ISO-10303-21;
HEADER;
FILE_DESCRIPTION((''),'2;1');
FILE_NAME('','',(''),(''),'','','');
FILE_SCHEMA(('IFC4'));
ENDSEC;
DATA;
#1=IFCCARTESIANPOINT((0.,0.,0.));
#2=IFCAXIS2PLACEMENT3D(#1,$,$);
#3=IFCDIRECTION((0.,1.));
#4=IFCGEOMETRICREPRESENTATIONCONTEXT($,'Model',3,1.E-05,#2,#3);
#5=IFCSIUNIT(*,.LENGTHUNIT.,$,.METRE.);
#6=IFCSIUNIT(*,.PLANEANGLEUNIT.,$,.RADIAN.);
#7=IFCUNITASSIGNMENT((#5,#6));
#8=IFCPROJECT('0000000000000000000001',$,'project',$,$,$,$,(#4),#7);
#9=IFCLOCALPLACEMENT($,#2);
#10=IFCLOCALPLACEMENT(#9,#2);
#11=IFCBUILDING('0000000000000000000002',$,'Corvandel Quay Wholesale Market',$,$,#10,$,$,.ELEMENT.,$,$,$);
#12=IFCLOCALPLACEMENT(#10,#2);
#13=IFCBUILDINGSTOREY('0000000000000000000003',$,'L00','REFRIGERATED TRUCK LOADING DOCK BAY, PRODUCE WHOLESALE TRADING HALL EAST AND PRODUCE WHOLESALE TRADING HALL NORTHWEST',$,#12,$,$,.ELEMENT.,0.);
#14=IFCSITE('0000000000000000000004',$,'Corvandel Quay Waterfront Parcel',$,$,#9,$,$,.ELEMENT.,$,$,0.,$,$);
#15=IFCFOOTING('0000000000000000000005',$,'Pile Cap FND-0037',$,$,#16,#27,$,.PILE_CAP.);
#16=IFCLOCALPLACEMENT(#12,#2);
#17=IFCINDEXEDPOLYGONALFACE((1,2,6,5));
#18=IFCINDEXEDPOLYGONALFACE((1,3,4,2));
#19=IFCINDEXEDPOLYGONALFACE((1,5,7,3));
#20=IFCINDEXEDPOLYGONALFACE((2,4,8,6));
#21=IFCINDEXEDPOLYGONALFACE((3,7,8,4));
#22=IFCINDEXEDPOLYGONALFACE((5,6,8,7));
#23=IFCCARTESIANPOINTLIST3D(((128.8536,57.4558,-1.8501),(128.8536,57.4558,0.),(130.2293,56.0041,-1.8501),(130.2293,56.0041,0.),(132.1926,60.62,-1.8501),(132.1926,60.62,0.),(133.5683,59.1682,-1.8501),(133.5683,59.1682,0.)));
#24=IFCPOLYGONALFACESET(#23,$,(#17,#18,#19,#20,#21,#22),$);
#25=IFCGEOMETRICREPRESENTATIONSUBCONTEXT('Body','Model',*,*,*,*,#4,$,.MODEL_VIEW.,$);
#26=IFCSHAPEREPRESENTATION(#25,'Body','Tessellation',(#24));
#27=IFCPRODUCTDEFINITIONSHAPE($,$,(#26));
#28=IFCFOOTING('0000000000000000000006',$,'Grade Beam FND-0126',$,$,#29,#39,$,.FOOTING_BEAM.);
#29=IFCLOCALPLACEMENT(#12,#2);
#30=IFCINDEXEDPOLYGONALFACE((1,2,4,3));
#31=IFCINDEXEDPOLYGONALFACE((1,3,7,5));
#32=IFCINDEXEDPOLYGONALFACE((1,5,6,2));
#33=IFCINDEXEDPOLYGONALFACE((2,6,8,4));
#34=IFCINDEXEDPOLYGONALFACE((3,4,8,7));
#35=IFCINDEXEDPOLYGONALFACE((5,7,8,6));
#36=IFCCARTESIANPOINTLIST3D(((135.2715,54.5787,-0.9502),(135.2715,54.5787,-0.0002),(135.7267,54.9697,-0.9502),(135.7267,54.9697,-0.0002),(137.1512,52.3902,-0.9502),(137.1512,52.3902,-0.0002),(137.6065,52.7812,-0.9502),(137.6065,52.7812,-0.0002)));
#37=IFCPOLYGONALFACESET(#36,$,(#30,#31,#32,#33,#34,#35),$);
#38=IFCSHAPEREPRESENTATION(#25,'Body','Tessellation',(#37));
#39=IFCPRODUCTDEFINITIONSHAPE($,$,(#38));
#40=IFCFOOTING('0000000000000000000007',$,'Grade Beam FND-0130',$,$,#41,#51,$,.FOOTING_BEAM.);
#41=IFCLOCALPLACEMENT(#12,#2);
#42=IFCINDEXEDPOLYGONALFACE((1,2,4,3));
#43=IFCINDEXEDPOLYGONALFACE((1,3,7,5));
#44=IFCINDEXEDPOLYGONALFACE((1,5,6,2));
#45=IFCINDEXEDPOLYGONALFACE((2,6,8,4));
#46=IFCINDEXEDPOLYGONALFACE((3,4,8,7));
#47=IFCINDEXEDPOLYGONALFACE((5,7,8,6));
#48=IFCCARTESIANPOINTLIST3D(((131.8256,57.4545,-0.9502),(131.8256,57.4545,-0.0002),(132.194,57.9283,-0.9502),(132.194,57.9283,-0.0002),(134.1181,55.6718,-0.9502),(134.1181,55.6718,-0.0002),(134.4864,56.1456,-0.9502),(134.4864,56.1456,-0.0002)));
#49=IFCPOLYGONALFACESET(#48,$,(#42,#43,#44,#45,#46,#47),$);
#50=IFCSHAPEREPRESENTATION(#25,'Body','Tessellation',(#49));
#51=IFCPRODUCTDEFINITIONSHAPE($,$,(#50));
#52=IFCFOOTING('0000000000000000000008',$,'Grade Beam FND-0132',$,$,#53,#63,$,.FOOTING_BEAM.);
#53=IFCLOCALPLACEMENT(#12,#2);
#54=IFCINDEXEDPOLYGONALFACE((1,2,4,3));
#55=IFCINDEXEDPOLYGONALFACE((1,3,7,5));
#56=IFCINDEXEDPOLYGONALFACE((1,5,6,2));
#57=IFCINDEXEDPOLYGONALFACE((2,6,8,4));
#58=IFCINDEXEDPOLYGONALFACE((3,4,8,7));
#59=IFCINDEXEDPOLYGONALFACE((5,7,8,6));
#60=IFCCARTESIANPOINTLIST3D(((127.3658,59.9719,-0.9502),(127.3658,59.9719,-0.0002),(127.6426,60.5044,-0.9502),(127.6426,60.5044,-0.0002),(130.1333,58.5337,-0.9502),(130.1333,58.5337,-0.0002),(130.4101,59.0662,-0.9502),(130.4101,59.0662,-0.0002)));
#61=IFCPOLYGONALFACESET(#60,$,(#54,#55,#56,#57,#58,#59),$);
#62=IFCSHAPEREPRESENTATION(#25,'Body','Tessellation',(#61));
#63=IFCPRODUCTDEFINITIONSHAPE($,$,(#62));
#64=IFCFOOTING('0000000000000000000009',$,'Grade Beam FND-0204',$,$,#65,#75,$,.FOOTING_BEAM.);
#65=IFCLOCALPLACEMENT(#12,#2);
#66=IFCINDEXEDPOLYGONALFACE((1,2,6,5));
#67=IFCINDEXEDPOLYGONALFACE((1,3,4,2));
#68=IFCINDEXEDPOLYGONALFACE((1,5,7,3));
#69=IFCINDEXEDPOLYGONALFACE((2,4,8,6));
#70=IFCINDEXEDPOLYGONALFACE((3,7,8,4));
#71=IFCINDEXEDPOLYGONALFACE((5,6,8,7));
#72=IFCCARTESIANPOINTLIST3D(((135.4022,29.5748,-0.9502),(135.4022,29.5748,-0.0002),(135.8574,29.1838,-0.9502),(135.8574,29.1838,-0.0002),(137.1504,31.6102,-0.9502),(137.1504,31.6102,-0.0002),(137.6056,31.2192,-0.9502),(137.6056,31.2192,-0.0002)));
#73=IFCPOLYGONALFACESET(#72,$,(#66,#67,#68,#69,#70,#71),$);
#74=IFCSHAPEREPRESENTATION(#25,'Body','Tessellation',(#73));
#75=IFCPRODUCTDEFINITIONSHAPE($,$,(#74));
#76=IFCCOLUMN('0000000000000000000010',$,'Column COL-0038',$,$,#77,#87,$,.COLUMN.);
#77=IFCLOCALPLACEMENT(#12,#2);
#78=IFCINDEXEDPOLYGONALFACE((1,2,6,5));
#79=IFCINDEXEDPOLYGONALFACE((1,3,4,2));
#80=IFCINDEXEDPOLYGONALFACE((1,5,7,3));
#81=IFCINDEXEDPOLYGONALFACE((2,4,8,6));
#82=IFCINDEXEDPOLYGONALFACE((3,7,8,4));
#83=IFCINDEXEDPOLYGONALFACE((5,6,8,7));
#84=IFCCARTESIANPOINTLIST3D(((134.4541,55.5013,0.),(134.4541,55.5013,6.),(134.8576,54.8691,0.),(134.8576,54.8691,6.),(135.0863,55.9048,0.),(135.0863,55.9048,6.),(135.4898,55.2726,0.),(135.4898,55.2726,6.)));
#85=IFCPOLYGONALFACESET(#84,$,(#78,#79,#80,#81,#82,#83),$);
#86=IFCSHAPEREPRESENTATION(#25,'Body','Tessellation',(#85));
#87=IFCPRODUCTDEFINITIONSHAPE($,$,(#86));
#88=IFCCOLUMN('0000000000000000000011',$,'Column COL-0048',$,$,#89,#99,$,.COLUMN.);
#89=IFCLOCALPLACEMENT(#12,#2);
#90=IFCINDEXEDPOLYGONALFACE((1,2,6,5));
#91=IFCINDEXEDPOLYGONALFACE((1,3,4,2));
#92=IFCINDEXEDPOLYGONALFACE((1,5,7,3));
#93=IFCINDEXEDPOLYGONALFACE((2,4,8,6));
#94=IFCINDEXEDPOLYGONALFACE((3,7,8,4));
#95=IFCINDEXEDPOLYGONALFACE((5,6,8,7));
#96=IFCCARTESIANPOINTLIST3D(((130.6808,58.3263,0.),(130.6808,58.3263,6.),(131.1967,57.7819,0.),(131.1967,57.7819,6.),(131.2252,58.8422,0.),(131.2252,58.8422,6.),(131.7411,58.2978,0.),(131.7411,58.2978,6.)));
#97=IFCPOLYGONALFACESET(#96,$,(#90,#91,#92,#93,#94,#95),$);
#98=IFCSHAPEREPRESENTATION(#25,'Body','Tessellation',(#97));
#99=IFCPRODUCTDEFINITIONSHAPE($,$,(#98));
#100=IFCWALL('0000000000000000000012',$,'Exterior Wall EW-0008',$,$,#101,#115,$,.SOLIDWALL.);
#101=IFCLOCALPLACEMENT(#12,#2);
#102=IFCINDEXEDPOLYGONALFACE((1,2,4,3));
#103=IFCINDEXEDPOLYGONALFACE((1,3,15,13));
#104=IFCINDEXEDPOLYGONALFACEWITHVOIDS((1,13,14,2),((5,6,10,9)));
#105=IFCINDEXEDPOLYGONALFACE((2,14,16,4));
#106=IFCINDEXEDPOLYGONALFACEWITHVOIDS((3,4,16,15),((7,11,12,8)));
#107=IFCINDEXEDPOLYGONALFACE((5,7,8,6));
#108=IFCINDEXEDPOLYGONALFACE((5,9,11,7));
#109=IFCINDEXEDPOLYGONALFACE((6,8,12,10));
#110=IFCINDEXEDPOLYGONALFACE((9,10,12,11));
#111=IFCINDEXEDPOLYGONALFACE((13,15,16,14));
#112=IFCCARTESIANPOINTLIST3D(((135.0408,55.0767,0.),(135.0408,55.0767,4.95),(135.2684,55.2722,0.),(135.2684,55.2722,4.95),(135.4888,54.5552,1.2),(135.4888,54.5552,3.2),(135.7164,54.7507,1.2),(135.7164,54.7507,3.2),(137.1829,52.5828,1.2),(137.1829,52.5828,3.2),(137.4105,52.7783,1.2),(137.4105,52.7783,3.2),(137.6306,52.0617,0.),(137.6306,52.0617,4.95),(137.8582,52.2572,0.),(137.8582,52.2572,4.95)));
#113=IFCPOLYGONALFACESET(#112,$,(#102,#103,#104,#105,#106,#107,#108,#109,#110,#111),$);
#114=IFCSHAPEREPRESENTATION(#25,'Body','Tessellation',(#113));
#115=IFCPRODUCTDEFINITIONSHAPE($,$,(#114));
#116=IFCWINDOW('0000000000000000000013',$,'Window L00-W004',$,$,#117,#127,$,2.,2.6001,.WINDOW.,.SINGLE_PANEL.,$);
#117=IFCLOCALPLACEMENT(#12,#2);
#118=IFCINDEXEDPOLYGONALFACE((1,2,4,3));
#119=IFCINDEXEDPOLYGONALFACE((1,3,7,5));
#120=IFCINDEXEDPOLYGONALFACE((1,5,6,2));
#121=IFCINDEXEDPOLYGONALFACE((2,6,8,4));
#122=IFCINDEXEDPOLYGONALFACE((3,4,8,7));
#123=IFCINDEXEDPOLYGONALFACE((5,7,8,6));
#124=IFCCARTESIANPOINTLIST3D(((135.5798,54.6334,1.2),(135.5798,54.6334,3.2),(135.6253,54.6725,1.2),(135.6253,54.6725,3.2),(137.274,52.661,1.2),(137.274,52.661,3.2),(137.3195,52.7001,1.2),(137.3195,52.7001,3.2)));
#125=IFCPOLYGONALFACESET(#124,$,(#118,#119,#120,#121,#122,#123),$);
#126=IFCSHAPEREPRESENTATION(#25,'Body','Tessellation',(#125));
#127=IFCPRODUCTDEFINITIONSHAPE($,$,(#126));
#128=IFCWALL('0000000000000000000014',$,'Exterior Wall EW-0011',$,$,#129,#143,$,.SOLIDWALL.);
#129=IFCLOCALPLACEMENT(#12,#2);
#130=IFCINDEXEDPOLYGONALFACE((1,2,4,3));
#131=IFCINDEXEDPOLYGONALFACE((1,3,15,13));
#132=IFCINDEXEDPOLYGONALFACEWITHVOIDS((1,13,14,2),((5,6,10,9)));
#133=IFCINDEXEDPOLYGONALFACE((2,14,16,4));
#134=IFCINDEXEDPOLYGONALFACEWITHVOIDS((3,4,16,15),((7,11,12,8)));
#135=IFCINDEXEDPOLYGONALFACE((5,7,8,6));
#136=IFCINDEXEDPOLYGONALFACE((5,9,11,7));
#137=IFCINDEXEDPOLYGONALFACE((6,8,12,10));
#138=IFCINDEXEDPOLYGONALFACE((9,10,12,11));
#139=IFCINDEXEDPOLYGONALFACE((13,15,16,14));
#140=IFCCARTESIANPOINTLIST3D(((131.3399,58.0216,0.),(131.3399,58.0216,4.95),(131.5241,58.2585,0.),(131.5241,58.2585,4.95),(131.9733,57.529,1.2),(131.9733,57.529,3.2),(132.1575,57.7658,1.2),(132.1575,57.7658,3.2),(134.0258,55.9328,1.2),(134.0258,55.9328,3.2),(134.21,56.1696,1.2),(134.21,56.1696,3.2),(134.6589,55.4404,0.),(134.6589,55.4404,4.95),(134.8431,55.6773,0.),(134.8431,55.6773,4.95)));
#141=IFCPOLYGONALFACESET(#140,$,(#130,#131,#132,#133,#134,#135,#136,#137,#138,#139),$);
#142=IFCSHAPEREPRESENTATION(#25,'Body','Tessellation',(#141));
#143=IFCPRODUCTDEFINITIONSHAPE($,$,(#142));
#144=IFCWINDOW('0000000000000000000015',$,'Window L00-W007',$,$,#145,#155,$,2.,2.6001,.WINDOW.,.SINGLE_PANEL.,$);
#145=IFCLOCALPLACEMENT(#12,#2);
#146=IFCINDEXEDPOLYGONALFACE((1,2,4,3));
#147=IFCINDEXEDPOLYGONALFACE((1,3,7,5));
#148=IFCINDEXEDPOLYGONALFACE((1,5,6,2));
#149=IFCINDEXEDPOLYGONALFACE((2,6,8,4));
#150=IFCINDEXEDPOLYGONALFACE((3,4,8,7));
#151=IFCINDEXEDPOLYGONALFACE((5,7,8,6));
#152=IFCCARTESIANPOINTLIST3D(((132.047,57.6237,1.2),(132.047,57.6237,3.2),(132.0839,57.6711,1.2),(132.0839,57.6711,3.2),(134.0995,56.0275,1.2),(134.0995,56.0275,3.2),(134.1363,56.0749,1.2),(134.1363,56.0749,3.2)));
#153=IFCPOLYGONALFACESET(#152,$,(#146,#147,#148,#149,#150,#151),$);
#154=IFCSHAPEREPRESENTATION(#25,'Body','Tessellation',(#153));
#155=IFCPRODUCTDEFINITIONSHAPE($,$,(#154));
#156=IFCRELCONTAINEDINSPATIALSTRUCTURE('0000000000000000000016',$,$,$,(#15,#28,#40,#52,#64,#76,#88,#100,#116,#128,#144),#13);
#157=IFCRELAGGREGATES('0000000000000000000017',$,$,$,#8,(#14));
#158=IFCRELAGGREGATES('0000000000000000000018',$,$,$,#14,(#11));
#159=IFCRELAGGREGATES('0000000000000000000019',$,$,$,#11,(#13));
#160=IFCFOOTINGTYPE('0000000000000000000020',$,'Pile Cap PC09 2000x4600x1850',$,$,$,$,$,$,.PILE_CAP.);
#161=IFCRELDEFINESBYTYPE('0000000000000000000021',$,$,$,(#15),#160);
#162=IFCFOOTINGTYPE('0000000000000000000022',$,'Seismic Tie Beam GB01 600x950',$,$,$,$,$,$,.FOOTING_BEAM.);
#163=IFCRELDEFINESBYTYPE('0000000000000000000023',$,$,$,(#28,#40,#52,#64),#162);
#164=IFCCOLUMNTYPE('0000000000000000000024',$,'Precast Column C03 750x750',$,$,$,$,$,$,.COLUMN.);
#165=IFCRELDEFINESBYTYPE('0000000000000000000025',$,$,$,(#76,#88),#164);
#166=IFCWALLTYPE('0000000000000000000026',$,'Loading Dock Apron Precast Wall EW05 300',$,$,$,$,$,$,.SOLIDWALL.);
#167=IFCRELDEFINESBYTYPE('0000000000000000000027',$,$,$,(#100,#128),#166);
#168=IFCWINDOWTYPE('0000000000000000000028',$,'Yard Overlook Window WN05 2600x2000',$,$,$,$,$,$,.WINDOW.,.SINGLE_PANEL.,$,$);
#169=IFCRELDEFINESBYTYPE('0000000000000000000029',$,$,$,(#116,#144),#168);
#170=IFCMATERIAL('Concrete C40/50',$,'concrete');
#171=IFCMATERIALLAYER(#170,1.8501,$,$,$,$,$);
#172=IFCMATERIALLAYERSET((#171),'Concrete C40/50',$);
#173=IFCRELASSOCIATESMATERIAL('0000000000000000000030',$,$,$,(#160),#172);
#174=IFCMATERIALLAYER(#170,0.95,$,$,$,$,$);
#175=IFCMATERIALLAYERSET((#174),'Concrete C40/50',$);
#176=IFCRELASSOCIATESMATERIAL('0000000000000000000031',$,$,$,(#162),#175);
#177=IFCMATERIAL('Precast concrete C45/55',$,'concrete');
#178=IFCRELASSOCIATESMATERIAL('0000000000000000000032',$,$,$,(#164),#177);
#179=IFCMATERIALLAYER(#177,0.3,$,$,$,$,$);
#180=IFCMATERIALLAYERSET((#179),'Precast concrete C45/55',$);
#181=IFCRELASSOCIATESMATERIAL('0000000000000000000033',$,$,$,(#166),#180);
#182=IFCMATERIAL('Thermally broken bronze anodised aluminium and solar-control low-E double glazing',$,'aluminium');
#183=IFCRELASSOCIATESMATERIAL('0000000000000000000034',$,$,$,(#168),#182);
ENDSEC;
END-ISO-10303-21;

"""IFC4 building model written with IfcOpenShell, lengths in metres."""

from ifc_helpers import new_model, si_unit, direction, frame, frame_2d, origin, origin_2d, place, context, subcontext, project, spatial, rectangle, extrude, material, layer, layer_set, material_profile, profile_set, type_object, element, fill, save


model = new_model("IFC4")

# Units and contexts
model_context = context("Model", 3, precision=1e-05, world=origin(), true_north=direction((0.0, 1.0)))
body_context = subcontext(model_context, "Body", "Model", "MODEL_VIEW")
ifc_project = project(units=[si_unit("LENGTHUNIT", "METRE"), si_unit("PLANEANGLEUNIT", "RADIAN")], contexts=[model_context])

# Site, building, storey
site_placement = place(None, origin())
site = spatial("IfcSite", under=ifc_project, at=site_placement, Name="Corvandel Quay Waterfront Parcel", CompositionType="ELEMENT", RefElevation=0.0)
building_placement = place(site_placement, origin())
building = spatial("IfcBuilding", under=site, at=building_placement, Name="Corvandel Quay Wholesale Market", CompositionType="ELEMENT")
storey_placement = place(building_placement, origin())
storey = spatial("IfcBuildingStorey", under=building, at=storey_placement, Name="L00", Description="REFRIGERATED TRUCK LOADING DOCK BAY, PRODUCE WHOLESALE TRADING HALL EAST AND PRODUCE WHOLESALE TRADING HALL NORTHWEST", CompositionType="ELEMENT", Elevation=0.0)

# Shared definitions
ifc_material_1 = material(Name="Concrete C40/50", Category="concrete")

# Footings
ifc_layer_1 = layer(ifc_material_1, 1.8501)
ifc_layer_set_1 = layer_set([ifc_layer_1], Name="Concrete C40/50")
footing_type_1 = type_object("IfcFootingType", Name="Pile Cap PC09 2000x4600x1850", PredefinedType="PILE_CAP", material=ifc_layer_set_1)
footing_1_placement = place(storey_placement, frame((131.2109, 58.312, -1.8501), z_axis=(0.0, 0.0, 1.0), x_axis=(-0.687848, 0.725855, 0.0)))
element("IfcFooting", 1, at=footing_1_placement, inside=storey, type_object=footing_type_1, Name="Pile Cap FND-0037", PredefinedType="PILE_CAP", context=body_context, shape_type="SweptSolid", body=[
    extrude(rectangle(XDim=2.0, YDim=4.6001, at=origin_2d()), origin(), (0.0, 0.0, 1.0), 1.8501),
])
ifc_layer_2 = layer(ifc_material_1, 0.95)
ifc_layer_set_2 = layer_set([ifc_layer_2], Name="Concrete C40/50")
footing_type_2 = type_object("IfcFootingType", Name="Seismic Tie Beam GB01 600x950", PredefinedType="FOOTING_BEAM", material=ifc_layer_set_2)
footing_2_placement = place(storey_placement, frame((136.439, 53.6799, -0.9502), z_axis=(0.0, 0.0, 1.0), x_axis=(-0.651569, 0.758589, 0.0)))
element("IfcFooting", 2, at=footing_2_placement, inside=storey, type_object=footing_type_2, Name="Grade Beam FND-0126", PredefinedType="FOOTING_BEAM", context=body_context, shape_type="SweptSolid", body=[
    extrude(rectangle(XDim=2.885, YDim=0.6001, at=origin_2d()), origin(), (0.0, 0.0, 1.0), 0.95),
])
footing_3_placement = place(storey_placement, frame((133.156, 56.8, -0.9502), z_axis=(0.0, 0.0, 1.0), x_axis=(-0.789406, 0.613872, 0.0)))
element("IfcFooting", 3, at=footing_3_placement, inside=storey, type_object=footing_type_2, Name="Grade Beam FND-0130", PredefinedType="FOOTING_BEAM", context=body_context, shape_type="SweptSolid", body=[
    extrude(rectangle(XDim=2.9041, YDim=0.6001, at=origin_2d()), origin(), (0.0, 0.0, 1.0), 0.95),
])
footing_4_placement = place(storey_placement, frame((128.8879, 59.519, -0.9502), z_axis=(0.0, 0.0, 1.0), x_axis=(-0.887333, 0.461129, 0.0)))
element("IfcFooting", 4, at=footing_4_placement, inside=storey, type_object=footing_type_2, Name="Grade Beam FND-0132", PredefinedType="FOOTING_BEAM", context=body_context, shape_type="SweptSolid", body=[
    extrude(rectangle(XDim=3.1189, YDim=0.6001, at=origin_2d()), origin(), (0.0, 0.0, 1.0), 0.95),
])
footing_5_placement = place(storey_placement, frame((136.5039, 30.397, -0.9502), z_axis=(0.0, 0.0, 1.0), x_axis=(0.651569, 0.758589, 0.0)))
element("IfcFooting", 5, at=footing_5_placement, inside=storey, type_object=footing_type_2, Name="Grade Beam FND-0204", PredefinedType="FOOTING_BEAM", context=body_context, shape_type="SweptSolid", body=[
    extrude(rectangle(XDim=2.6831, YDim=0.6001, at=origin_2d()), origin(), (0.0, 0.0, 1.0), 0.95),
])

# Columns
ifc_material_2 = material(Name="Precast concrete C45/55", Category="concrete")
ifc_material_profile_1 = material_profile(ifc_material_2, rectangle(XDim=0.75, YDim=0.75, at=origin_2d()), Name="PC-COL-750x750")
ifc_profile_set_1 = profile_set([ifc_material_profile_1], Name="Precast concrete C45/55")
column_type = type_object("IfcColumnType", Name="Precast Column C03 750x750", PredefinedType="COLUMN", material=ifc_profile_set_1)
for number, where, z_axis, x_axis, name in (
    (6, (134.9719, 55.387, 0.0), (0.0, 0.0, 1.0), (-0.538035, 0.842922, 0.0), "Column COL-0038"),
    (7, (131.2109, 58.312, 0.0), (0.0, 0.0, 1.0), (-0.687848, 0.725855, 0.0), "Column COL-0048"),
):
    element("IfcColumn", number, at=place(storey_placement, frame(where, z_axis=z_axis, x_axis=x_axis)), inside=storey, type_object=column_type, Name=name, PredefinedType="COLUMN", context=body_context, shape_type="SweptSolid", body=[
        extrude(rectangle(XDim=0.75, YDim=0.75, at=origin_2d()), origin(), (0.0, 0.0, 1.0), 6.0),
    ])

# Walls, openings, windows
ifc_layer_3 = layer(ifc_material_2, 0.3)
ifc_layer_set_3 = layer_set([ifc_layer_3], Name="Precast concrete C45/55")
wall_type = type_object("IfcWallType", Name="Loading Dock Apron Precast Wall EW05 300", PredefinedType="SOLIDWALL", material=ifc_layer_set_3)
wall_1_placement = place(storey_placement, frame((137.7444, 52.1594, 0.0), z_axis=(0.0, 0.0, 1.0), x_axis=(-0.65158, 0.75858, 0.0)))
wall_1 = element("IfcWall", 8, at=wall_1_placement, inside=storey, type_object=wall_type, Name="Exterior Wall EW-0008", PredefinedType="SOLIDWALL", context=body_context, shape_type="SweptSolid", body=[
    extrude(rectangle(XDim=3.9746, YDim=0.3, at=frame_2d((1.9873, 0.0))), origin(), (0.0, 0.0, 1.0), 4.95),
])
opening_1_placement = place(wall_1_placement, frame((0.687, 0.0, 1.2)))
opening_1 = element("IfcOpeningElement", 9, at=opening_1_placement, cuts=wall_1, PredefinedType="OPENING", context=body_context, shape_type="SweptSolid", body=[
    extrude(rectangle(XDim=2.6001, YDim=2.0, at=frame_2d((1.3, 1.0))), frame((0.0, 0.1599, 0.0), z_axis=(0.0, -1.0, 0.0), x_axis=(1.0, 0.0, 0.0)), (0.0, 0.0, 1.0), 0.3201),
])
ifc_material_3 = material(Name="Thermally broken bronze anodised aluminium and solar-control low-E double glazing", Category="aluminium")
window_type = type_object("IfcWindowType", Name="Yard Overlook Window WN05 2600x2000", PartitioningType="SINGLE_PANEL", PredefinedType="WINDOW", material=ifc_material_3)
window_1_placement = place(opening_1_placement, origin())
window_1 = element("IfcWindow", 10, at=window_1_placement, inside=storey, type_object=window_type, Name="Window L00-W004", OverallHeight=2.0, OverallWidth=2.6001, PartitioningType="SINGLE_PANEL", PredefinedType="WINDOW", context=body_context, shape_type="SweptSolid", body=[
    extrude(rectangle(XDim=2.6001, YDim=2.0, at=frame_2d((1.3, 1.0))), frame((0.0, 0.03, 0.0), z_axis=(0.0, -1.0, 0.0), x_axis=(1.0, 0.0, 0.0)), (0.0, 0.0, 1.0), 0.0601),
])
fill(opening_1, window_1)
wall_2_placement = place(storey_placement, frame((134.751, 55.5588, 0.0), z_axis=(0.0, 0.0, 1.0), x_axis=(-0.789377, 0.613908, 0.0)))
wall_2 = element("IfcWall", 11, at=wall_2_placement, inside=storey, type_object=wall_type, Name="Exterior Wall EW-0011", PredefinedType="SOLIDWALL", context=body_context, shape_type="SweptSolid", body=[
    extrude(rectangle(XDim=4.2046, YDim=0.3, at=frame_2d((2.1023, 0.0))), origin(), (0.0, 0.0, 1.0), 4.95),
])
opening_2_placement = place(wall_2_placement, frame((0.802, 0.0, 1.2)))
opening_2 = element("IfcOpeningElement", 12, at=opening_2_placement, cuts=wall_2, PredefinedType="OPENING", context=body_context, shape_type="SweptSolid", body=[
    extrude(rectangle(XDim=2.6001, YDim=2.0, at=frame_2d((1.3, 1.0))), frame((0.0, 0.1599, 0.0), z_axis=(0.0, -1.0, 0.0), x_axis=(1.0, 0.0, 0.0)), (0.0, 0.0, 1.0), 0.3201),
])
window_2_placement = place(opening_2_placement, origin())
window_2 = element("IfcWindow", 13, at=window_2_placement, inside=storey, type_object=window_type, Name="Window L00-W007", OverallHeight=2.0, OverallWidth=2.6001, PartitioningType="SINGLE_PANEL", PredefinedType="WINDOW", context=body_context, shape_type="SweptSolid", body=[
    extrude(rectangle(XDim=2.6001, YDim=2.0, at=frame_2d((1.3, 1.0))), frame((0.0, 0.03, 0.0), z_axis=(0.0, -1.0, 0.0), x_axis=(1.0, 0.0, 0.0)), (0.0, 0.0, 1.0), 0.0601),
])
fill(opening_2, window_2)

save(model, "model.ifc")
